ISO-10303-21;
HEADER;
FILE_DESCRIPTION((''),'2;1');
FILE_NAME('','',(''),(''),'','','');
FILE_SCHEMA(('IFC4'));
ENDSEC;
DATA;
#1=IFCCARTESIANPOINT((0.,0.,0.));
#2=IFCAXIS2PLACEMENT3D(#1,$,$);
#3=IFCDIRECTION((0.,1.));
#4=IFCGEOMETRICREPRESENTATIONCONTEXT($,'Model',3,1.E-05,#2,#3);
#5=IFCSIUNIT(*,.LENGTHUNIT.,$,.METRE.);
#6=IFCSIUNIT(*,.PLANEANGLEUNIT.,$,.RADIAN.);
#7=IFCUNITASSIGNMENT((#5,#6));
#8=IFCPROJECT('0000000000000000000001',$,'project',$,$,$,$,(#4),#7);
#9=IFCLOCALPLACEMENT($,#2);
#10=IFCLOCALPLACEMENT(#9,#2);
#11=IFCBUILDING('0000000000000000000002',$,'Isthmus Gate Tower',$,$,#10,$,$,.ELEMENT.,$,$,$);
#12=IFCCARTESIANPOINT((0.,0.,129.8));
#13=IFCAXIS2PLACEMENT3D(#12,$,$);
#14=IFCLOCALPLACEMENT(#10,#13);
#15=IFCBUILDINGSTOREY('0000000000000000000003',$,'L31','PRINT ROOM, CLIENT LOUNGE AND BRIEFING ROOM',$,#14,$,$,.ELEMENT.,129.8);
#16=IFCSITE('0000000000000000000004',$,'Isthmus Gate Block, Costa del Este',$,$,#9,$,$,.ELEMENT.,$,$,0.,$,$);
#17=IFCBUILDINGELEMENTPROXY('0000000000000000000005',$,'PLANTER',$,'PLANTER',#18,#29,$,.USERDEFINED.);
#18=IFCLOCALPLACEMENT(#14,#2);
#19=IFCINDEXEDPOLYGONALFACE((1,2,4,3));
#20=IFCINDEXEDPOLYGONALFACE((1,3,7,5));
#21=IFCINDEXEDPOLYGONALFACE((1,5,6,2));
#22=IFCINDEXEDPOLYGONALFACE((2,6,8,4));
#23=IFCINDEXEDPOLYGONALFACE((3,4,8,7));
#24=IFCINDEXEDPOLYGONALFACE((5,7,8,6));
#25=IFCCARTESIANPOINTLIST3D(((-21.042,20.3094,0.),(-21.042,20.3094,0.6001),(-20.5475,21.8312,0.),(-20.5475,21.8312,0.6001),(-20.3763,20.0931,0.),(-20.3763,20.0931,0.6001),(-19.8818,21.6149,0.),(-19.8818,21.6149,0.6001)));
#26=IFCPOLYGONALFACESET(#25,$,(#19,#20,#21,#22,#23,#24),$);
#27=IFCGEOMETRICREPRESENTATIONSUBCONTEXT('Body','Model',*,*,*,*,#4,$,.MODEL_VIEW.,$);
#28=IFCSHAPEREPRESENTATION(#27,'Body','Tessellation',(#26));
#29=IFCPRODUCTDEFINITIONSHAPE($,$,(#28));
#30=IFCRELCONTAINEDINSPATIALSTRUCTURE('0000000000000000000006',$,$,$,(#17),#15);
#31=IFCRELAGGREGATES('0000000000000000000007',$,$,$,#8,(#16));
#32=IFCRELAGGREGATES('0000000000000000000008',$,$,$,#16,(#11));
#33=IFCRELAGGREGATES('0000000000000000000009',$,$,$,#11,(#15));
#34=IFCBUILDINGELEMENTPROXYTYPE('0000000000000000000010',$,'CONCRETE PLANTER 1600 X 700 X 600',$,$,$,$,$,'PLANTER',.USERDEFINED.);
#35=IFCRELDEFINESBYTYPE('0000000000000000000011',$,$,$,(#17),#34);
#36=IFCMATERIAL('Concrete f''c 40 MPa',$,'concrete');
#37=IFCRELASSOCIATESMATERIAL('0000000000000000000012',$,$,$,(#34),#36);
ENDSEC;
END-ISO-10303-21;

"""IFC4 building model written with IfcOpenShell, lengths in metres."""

from ifc_helpers import new_model, si_unit, direction, frame, origin, origin_2d, place, context, subcontext, project, spatial, rectangle, extrude, material, type_object, element, save


model = new_model("IFC4")

# Units and contexts
model_context = context("Model", 3, precision=1e-05, world=origin(), true_north=direction((0.0, 1.0)))
body_context = subcontext(model_context, "Body", "Model", "MODEL_VIEW")
ifc_project = project(units=[si_unit("LENGTHUNIT", "METRE"), si_unit("PLANEANGLEUNIT", "RADIAN")], contexts=[model_context])

# Site, building, storey
site_placement = place(None, origin())
site = spatial("IfcSite", under=ifc_project, at=site_placement, Name="Isthmus Gate Block, Costa del Este", CompositionType="ELEMENT", RefElevation=0.0)
building_placement = place(site_placement, origin())
building = spatial("IfcBuilding", under=site, at=building_placement, Name="Isthmus Gate Tower", CompositionType="ELEMENT")
storey_placement = place(building_placement, frame((0.0, 0.0, 129.8)))
storey = spatial("IfcBuildingStorey", under=building, at=storey_placement, Name="L31", Description="PRINT ROOM, CLIENT LOUNGE AND BRIEFING ROOM", CompositionType="ELEMENT", Elevation=129.8)

# Building element proxy
ifc_material_1 = material(Name="Concrete f'c 40 MPa", Category="concrete")
building_element_proxy_type = type_object("IfcBuildingElementProxyType", Name="CONCRETE PLANTER 1600 X 700 X 600", ElementType="PLANTER", PredefinedType="USERDEFINED", material=ifc_material_1)
for number, where, z_axis, x_axis, name in (
    (1, (-20.4619, 20.9622, 0.0), (0.0, 0.0, 1.0), (-0.309017, -0.951057, 0.0), "PLANTER"),
):
    element("IfcBuildingElementProxy", number, at=place(storey_placement, frame(where, z_axis=z_axis, x_axis=x_axis)), inside=storey, type_object=building_element_proxy_type, Name=name, ObjectType="PLANTER", PredefinedType="USERDEFINED", context=body_context, shape_type="SweptSolid", body=[
        extrude(rectangle(XDim=1.6001, YDim=0.7, at=origin_2d()), origin(), (0.0, 0.0, 1.0), 0.6001),
    ])

save(model, "model.ifc")
